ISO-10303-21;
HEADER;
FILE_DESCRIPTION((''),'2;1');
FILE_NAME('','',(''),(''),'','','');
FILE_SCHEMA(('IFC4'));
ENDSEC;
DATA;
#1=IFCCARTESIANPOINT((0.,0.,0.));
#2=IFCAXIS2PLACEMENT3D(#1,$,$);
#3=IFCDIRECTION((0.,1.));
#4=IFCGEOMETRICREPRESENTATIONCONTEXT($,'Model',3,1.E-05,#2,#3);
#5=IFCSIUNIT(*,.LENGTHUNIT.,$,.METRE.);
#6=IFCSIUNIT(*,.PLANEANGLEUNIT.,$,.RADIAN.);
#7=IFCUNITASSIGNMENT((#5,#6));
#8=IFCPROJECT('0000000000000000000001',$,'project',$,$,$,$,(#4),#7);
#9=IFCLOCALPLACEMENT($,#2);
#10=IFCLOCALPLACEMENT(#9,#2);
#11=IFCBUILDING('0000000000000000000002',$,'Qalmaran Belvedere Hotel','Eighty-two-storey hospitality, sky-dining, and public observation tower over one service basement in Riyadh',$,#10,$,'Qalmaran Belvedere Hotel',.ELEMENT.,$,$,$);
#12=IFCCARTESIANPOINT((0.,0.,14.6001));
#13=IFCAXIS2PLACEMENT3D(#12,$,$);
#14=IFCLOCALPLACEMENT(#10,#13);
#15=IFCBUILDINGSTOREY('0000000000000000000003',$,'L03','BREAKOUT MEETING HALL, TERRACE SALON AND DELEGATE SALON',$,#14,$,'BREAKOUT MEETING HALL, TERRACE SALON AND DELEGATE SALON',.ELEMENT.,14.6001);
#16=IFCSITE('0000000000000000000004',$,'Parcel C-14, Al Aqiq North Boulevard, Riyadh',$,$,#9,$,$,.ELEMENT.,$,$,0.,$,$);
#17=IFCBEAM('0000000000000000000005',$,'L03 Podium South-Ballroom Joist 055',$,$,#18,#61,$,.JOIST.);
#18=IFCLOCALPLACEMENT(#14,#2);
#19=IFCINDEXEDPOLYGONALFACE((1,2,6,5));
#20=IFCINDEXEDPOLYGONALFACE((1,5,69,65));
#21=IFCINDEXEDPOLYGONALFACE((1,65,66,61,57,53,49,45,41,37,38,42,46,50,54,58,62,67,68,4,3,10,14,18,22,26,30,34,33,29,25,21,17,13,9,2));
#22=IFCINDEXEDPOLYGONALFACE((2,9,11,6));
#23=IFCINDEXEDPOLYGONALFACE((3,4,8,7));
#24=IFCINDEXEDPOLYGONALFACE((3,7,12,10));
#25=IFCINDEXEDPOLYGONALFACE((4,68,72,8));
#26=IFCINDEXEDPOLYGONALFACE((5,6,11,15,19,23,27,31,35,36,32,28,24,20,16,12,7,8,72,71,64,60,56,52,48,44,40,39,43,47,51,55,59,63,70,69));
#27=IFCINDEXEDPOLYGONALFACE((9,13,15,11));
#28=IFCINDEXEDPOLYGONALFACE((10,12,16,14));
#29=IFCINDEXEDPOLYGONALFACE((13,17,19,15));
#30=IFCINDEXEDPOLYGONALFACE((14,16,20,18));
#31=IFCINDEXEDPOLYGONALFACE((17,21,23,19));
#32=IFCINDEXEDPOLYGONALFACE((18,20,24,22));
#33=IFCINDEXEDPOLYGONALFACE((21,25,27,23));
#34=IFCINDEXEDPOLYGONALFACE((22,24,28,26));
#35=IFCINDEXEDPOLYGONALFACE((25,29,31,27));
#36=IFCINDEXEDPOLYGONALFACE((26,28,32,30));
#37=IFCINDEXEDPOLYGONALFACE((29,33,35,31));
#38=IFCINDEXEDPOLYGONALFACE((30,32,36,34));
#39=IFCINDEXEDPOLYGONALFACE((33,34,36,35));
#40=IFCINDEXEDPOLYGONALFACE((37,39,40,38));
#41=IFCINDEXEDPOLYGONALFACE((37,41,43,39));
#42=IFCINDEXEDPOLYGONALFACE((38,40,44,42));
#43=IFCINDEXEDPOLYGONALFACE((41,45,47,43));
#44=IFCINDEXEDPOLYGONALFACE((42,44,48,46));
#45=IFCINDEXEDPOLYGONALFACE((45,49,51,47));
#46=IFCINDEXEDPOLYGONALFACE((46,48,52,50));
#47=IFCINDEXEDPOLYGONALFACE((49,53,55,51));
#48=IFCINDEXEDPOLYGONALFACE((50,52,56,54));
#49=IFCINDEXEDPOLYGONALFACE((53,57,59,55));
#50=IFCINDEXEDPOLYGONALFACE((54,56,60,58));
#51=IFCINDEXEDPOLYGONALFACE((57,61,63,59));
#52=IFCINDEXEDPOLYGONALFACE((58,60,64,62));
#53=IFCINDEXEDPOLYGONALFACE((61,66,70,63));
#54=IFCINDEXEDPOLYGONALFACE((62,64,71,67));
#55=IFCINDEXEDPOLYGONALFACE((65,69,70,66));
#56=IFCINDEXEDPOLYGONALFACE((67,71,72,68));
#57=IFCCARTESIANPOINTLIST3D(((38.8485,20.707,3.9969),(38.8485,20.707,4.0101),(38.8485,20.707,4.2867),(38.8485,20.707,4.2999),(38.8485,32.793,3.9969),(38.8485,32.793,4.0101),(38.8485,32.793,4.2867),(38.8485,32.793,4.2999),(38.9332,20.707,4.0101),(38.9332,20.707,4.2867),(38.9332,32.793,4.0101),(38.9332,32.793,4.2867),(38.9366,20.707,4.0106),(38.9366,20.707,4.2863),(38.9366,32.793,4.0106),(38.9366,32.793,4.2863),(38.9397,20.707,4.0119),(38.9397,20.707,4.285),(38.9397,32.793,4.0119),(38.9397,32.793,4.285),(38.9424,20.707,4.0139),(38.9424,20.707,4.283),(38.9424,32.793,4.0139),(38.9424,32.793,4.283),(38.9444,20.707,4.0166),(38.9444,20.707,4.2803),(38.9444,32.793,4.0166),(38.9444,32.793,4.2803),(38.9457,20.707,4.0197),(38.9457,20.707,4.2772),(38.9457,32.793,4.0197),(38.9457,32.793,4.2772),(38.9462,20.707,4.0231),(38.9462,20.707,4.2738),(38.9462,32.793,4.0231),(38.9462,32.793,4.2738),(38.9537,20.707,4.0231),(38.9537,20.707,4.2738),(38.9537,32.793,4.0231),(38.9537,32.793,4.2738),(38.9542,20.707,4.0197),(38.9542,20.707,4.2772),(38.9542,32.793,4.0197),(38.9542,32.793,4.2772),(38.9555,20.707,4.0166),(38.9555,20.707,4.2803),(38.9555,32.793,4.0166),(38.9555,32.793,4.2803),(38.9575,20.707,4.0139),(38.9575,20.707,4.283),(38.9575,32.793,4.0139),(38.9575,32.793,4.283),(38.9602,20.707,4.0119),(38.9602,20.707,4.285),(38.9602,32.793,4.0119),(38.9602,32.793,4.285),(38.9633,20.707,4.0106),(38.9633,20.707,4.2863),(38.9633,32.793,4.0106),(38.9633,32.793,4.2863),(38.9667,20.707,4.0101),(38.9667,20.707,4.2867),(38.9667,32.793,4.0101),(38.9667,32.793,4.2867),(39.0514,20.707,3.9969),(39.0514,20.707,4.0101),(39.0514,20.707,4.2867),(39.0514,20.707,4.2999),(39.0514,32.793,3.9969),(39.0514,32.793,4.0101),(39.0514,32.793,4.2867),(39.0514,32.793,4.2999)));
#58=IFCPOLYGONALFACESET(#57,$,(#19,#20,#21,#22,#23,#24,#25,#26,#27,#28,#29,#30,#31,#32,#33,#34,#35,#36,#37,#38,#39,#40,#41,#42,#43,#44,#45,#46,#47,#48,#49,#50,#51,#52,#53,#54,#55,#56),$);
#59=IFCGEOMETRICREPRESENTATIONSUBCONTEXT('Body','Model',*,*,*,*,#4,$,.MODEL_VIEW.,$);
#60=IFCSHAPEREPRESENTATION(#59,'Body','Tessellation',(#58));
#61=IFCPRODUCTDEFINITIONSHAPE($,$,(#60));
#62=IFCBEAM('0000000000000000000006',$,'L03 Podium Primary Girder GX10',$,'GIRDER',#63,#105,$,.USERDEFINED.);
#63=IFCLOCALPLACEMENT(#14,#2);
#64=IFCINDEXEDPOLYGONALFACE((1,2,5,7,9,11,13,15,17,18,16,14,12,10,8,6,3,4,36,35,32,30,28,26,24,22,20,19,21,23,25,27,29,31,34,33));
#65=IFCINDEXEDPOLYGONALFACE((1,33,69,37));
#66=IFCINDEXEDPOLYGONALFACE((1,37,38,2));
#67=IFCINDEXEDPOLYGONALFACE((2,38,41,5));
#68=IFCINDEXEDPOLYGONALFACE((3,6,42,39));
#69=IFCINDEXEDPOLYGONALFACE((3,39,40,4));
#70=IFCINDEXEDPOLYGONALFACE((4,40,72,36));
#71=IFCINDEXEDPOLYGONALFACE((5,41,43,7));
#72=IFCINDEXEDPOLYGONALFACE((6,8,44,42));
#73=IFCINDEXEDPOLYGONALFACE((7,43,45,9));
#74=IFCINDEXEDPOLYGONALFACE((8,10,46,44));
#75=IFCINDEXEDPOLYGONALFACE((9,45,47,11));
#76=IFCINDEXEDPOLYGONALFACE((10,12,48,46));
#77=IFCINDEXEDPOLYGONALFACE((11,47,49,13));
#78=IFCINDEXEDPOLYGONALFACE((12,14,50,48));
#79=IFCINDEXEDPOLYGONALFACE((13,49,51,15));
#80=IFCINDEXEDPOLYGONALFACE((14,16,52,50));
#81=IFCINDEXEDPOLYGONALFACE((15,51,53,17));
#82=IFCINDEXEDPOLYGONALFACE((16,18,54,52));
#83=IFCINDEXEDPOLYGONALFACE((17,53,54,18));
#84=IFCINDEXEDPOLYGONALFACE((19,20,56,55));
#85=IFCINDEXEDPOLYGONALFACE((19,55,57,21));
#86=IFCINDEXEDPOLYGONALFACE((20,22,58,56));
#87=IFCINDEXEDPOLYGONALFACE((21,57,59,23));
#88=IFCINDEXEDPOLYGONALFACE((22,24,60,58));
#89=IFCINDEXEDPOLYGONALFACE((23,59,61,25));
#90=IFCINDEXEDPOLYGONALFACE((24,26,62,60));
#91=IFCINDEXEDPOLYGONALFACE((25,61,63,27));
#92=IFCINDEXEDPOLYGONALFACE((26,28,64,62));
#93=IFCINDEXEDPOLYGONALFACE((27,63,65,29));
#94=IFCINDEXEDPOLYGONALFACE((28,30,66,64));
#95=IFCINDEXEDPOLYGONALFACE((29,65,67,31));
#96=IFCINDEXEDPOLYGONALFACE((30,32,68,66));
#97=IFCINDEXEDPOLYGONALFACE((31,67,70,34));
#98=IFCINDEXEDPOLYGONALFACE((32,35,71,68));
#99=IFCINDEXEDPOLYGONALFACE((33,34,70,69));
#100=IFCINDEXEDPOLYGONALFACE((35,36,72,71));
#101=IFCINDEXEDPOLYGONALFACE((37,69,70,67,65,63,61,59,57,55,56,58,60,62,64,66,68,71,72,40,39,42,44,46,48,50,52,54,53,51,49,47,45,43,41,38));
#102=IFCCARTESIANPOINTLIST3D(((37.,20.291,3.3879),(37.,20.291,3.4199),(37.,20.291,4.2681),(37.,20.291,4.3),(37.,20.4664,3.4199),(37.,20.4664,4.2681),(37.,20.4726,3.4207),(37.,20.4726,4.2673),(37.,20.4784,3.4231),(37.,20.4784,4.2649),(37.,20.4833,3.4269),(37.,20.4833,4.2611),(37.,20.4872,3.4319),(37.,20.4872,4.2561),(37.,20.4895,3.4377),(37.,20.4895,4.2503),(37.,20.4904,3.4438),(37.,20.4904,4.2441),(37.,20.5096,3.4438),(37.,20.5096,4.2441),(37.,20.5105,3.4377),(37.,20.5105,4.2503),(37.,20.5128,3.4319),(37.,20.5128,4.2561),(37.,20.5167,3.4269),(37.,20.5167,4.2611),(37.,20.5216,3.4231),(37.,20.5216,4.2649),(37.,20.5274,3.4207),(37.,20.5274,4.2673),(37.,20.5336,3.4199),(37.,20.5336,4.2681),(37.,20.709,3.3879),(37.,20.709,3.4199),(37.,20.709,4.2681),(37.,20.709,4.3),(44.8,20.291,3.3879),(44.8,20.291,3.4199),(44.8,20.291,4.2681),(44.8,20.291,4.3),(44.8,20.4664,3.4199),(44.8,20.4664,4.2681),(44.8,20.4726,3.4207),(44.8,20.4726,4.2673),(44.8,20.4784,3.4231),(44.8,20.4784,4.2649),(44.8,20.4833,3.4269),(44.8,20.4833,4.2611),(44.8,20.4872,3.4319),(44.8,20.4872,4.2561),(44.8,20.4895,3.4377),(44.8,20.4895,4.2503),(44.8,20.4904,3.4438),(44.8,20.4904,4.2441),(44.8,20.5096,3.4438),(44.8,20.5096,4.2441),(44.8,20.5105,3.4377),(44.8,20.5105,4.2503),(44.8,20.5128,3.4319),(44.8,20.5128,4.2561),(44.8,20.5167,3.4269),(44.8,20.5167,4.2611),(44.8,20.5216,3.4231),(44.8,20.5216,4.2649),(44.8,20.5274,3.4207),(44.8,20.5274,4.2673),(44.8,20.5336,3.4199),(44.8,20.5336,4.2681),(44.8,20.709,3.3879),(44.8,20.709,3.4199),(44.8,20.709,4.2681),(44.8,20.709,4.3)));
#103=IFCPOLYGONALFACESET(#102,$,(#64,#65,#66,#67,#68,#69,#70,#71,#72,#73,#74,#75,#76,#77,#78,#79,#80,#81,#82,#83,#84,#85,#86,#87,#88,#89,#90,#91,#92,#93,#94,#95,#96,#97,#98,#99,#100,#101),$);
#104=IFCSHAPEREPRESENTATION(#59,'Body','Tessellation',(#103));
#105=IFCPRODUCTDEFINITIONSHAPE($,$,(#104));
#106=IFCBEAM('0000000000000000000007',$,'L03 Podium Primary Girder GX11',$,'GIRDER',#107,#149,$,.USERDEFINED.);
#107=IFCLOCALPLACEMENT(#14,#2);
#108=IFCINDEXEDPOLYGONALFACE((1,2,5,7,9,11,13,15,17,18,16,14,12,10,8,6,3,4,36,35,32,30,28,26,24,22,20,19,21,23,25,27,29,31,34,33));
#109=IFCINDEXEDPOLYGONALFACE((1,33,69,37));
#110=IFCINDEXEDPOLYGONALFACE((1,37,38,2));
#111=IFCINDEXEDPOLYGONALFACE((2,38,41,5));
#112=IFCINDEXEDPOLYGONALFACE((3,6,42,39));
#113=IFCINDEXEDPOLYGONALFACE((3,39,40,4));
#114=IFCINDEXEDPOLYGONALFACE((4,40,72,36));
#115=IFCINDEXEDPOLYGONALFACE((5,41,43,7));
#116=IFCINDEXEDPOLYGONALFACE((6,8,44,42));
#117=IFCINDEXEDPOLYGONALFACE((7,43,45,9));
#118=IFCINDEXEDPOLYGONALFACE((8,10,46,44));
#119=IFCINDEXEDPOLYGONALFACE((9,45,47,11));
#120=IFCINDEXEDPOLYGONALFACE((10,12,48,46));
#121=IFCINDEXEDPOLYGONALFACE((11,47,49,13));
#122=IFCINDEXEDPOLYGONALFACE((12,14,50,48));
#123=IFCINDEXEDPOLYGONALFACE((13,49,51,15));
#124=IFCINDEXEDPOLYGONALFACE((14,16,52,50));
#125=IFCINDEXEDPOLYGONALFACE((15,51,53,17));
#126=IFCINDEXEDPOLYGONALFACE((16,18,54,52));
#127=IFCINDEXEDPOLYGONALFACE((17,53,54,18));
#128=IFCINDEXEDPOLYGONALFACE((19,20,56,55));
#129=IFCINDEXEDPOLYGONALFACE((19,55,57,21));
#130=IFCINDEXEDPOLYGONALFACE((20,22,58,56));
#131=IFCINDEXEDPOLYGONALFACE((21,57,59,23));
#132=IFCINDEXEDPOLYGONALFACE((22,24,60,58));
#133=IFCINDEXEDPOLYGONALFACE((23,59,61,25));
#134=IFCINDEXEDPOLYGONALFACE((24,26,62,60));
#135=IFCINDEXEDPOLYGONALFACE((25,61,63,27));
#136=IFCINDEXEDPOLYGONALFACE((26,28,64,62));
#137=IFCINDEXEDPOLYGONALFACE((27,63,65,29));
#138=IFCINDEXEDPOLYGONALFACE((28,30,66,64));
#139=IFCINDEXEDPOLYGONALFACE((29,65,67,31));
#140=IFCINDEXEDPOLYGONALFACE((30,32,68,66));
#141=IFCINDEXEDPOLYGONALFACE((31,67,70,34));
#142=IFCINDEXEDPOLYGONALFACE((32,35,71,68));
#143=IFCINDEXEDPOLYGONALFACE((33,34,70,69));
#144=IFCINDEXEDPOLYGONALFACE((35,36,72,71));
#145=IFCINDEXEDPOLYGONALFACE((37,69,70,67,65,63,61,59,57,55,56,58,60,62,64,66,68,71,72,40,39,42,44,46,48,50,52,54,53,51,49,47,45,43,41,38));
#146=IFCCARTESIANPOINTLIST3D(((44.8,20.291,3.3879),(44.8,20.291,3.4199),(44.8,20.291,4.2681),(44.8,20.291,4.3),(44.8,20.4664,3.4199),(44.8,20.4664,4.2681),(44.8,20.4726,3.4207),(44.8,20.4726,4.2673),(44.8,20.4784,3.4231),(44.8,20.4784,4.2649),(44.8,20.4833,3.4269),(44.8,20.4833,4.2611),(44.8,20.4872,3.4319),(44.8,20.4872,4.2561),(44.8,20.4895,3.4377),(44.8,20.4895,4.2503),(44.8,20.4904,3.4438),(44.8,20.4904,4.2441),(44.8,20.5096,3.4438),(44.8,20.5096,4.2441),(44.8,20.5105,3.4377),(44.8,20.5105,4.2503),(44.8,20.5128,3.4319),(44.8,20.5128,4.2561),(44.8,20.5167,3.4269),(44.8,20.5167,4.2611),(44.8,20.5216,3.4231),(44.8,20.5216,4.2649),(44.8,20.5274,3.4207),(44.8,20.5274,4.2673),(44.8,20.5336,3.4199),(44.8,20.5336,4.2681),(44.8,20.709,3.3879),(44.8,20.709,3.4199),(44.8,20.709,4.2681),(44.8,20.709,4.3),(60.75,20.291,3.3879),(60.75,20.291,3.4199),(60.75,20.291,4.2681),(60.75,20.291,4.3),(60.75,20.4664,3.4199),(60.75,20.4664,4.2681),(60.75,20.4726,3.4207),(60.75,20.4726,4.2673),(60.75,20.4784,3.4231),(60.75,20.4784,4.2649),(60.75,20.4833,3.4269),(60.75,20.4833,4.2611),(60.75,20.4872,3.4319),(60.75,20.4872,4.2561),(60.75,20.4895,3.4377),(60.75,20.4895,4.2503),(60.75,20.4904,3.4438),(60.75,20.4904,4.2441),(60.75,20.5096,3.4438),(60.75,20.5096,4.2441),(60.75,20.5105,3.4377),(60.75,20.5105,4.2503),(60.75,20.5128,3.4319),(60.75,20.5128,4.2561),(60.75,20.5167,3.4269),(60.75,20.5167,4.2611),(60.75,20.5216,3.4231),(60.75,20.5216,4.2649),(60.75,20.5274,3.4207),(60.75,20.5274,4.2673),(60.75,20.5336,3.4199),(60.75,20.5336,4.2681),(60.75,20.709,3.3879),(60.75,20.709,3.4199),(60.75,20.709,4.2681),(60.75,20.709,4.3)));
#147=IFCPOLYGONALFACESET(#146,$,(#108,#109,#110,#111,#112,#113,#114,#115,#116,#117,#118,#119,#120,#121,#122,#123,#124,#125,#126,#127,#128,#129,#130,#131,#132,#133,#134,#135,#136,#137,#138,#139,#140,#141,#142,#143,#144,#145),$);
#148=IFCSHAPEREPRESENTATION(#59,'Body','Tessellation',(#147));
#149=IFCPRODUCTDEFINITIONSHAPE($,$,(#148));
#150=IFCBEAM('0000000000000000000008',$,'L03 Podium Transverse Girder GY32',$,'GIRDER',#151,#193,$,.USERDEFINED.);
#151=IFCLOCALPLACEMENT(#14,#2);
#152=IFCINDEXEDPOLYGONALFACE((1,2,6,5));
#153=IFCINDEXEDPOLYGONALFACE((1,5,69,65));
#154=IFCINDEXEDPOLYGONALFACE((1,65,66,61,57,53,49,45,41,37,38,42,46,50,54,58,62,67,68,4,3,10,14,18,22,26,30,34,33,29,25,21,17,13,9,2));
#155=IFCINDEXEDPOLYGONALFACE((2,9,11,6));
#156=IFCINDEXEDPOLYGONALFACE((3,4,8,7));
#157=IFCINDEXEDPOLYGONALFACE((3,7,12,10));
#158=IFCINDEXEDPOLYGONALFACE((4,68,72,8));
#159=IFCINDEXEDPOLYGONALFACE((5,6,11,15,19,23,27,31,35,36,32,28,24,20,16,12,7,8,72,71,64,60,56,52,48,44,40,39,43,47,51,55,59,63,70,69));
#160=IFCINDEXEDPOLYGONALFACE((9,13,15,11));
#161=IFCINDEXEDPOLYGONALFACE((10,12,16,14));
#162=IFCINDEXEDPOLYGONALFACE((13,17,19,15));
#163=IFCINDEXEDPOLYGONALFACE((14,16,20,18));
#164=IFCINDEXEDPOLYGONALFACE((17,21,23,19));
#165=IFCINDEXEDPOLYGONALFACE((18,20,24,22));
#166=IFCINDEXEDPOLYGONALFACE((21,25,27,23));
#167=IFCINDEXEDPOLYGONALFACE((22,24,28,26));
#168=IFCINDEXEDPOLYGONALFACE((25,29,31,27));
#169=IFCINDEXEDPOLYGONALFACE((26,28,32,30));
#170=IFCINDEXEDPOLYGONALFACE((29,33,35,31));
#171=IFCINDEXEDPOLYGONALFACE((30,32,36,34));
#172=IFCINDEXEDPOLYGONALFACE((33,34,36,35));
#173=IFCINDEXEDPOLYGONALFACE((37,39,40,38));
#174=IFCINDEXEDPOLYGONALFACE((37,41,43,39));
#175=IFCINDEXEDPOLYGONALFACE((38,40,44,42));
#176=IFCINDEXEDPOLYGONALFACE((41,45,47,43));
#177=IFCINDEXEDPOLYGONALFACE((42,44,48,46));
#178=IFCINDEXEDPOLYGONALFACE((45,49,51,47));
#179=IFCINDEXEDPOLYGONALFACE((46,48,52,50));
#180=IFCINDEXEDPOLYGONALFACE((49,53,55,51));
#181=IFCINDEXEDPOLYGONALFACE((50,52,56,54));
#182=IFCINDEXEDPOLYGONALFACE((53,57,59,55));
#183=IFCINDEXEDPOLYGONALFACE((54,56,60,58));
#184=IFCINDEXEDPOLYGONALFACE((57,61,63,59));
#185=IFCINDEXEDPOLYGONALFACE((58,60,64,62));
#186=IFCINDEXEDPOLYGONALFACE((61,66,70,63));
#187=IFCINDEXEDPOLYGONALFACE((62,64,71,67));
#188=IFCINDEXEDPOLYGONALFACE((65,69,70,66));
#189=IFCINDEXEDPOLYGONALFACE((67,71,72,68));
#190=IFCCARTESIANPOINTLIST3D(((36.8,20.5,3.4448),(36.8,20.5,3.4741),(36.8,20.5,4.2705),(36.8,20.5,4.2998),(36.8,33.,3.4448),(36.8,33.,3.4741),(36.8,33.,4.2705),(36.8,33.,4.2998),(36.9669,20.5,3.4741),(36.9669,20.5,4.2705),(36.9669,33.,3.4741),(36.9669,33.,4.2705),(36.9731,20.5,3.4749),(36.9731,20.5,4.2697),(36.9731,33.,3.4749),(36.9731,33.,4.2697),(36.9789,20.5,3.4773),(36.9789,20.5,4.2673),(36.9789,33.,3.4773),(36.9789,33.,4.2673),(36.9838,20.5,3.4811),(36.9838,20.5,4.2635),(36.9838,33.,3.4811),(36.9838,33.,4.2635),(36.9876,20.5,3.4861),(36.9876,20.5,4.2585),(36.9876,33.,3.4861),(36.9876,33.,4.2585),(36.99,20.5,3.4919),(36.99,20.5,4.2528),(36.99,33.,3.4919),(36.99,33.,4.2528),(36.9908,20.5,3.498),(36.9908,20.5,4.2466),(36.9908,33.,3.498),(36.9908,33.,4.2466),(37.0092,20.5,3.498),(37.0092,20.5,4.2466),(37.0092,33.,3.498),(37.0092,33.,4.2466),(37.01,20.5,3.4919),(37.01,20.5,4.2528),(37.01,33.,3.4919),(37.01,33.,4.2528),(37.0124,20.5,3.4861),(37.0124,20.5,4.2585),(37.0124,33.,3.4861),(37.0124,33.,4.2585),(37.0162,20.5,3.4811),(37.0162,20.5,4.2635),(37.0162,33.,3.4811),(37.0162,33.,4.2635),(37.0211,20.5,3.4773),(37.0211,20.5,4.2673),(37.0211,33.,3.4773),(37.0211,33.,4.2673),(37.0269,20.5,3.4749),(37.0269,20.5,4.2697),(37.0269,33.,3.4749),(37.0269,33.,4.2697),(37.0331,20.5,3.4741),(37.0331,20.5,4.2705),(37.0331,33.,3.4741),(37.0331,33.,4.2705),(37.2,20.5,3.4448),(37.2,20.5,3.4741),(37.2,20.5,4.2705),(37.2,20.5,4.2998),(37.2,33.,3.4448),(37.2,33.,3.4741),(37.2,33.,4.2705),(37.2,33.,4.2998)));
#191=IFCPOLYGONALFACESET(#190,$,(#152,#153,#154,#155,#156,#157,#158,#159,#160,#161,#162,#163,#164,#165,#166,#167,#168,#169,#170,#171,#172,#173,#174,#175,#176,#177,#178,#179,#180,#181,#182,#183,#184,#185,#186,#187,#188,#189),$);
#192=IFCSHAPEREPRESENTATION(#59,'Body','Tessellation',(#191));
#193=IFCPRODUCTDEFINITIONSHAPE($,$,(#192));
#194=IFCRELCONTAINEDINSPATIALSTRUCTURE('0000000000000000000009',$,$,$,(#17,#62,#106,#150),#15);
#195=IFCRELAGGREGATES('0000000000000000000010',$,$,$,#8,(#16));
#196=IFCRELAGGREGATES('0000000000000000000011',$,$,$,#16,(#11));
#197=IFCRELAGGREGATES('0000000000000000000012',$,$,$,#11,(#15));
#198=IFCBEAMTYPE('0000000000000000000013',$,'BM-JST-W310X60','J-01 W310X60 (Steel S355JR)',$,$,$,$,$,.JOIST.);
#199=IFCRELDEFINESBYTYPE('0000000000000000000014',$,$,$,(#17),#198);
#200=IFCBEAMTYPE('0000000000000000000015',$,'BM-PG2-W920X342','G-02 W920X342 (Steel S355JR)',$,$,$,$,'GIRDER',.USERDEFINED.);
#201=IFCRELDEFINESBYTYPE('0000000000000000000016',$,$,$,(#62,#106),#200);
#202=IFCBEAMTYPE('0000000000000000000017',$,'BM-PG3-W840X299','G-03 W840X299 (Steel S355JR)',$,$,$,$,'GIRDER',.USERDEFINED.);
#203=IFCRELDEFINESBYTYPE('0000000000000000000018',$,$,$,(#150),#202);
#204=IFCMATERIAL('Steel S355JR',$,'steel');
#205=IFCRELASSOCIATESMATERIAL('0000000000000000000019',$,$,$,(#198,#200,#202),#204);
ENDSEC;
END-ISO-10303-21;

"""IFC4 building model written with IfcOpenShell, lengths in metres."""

from ifc_helpers import new_model, si_unit, direction, frame, origin, origin_2d, place, context, subcontext, project, spatial, i_section, extrude, material, material_profile, profile_set, type_object, element, save


model = new_model("IFC4")

# Units and contexts
model_context = context("Model", 3, precision=1e-05, world=origin(), true_north=direction((0.0, 1.0)))
body_context = subcontext(model_context, "Body", "Model", "MODEL_VIEW")
ifc_project = project(units=[si_unit("LENGTHUNIT", "METRE"), si_unit("PLANEANGLEUNIT", "RADIAN")], contexts=[model_context])

# Site, building, storey
site_placement = place(None, origin())
site = spatial("IfcSite", under=ifc_project, at=site_placement, Name="Parcel C-14, Al Aqiq North Boulevard, Riyadh", CompositionType="ELEMENT", RefElevation=0.0)
building_placement = place(site_placement, origin())
building = spatial("IfcBuilding", under=site, at=building_placement, Name="Qalmaran Belvedere Hotel", Description="Eighty-two-storey hospitality, sky-dining, and public observation tower over one service basement in Riyadh", LongName="Qalmaran Belvedere Hotel", CompositionType="ELEMENT")
storey_placement = place(building_placement, frame((0.0, 0.0, 14.6001)))
storey = spatial("IfcBuildingStorey", under=building, at=storey_placement, Name="L03", Description="BREAKOUT MEETING HALL, TERRACE SALON AND DELEGATE SALON", LongName="BREAKOUT MEETING HALL, TERRACE SALON AND DELEGATE SALON", CompositionType="ELEMENT", Elevation=14.6001)

# Beams
ifc_material_1 = material(Name="Steel S355JR", Category="steel")
ifc_material_profile_1 = material_profile(ifc_material_1, i_section(OverallWidth=0.2029, OverallDepth=0.303, WebThickness=0.0076, FlangeThickness=0.0132, FilletRadius=0.0129, at=origin_2d()), Name="W310X60")
ifc_profile_set_1 = profile_set([ifc_material_profile_1], Name="Steel S355JR")
beam_type_1 = type_object("IfcBeamType", Name="BM-JST-W310X60", Description="J-01 W310X60 (Steel S355JR)", PredefinedType="JOIST", material=ifc_profile_set_1)
for number, where, z_axis, x_axis, name in (
    (1, (38.95, 20.707, 4.1484), (0.0, 1.0, 0.0), (-1.0, 0.0, 0.0), "L03 Podium South-Ballroom Joist 055"),
):
    element("IfcBeam", number, at=place(storey_placement, frame(where, z_axis=z_axis, x_axis=x_axis)), inside=storey, type_object=beam_type_1, Name=name, PredefinedType="JOIST", context=body_context, shape_type="SweptSolid", body=[
        extrude(i_section(OverallWidth=0.2029, OverallDepth=0.303, WebThickness=0.0076, FlangeThickness=0.0132, FilletRadius=0.0129, at=origin_2d()), origin(), (0.0, 0.0, 1.0), 12.0859),
    ])
ifc_material_profile_2 = material_profile(ifc_material_1, i_section(OverallWidth=0.418, OverallDepth=0.9121, WebThickness=0.0193, FlangeThickness=0.032, FilletRadius=0.0239, at=origin_2d()), Name="W920X342")
ifc_profile_set_2 = profile_set([ifc_material_profile_2], Name="Steel S355JR")
beam_type_2 = type_object("IfcBeamType", Name="BM-PG2-W920X342", Description="G-02 W920X342 (Steel S355JR)", ElementType="GIRDER", PredefinedType="USERDEFINED", material=ifc_profile_set_2)
beam_1_placement = place(storey_placement, frame((37.0, 20.5, 3.844), z_axis=(1.0, 0.0, 0.0), x_axis=(0.0, 1.0, 0.0)))
element("IfcBeam", 2, at=beam_1_placement, inside=storey, type_object=beam_type_2, Name="L03 Podium Primary Girder GX10", ObjectType="GIRDER", PredefinedType="USERDEFINED", context=body_context, shape_type="SweptSolid", body=[
    extrude(i_section(OverallWidth=0.418, OverallDepth=0.9121, WebThickness=0.0193, FlangeThickness=0.032, FilletRadius=0.0239, at=origin_2d()), origin(), (0.0, 0.0, 1.0), 7.8),
])
beam_2_placement = place(storey_placement, frame((44.8, 20.5, 3.844), z_axis=(1.0, 0.0, 0.0), x_axis=(0.0, 1.0, 0.0)))
element("IfcBeam", 3, at=beam_2_placement, inside=storey, type_object=beam_type_2, Name="L03 Podium Primary Girder GX11", ObjectType="GIRDER", PredefinedType="USERDEFINED", context=body_context, shape_type="SweptSolid", body=[
    extrude(i_section(OverallWidth=0.418, OverallDepth=0.9121, WebThickness=0.0193, FlangeThickness=0.032, FilletRadius=0.0239, at=origin_2d()), origin(), (0.0, 0.0, 1.0), 15.95),
])
ifc_material_profile_3 = material_profile(ifc_material_1, i_section(OverallWidth=0.3999, OverallDepth=0.855, WebThickness=0.0183, FlangeThickness=0.0293, FilletRadius=0.0239, at=origin_2d()), Name="W840X299")
ifc_profile_set_3 = profile_set([ifc_material_profile_3], Name="Steel S355JR")
beam_type_3 = type_object("IfcBeamType", Name="BM-PG3-W840X299", Description="G-03 W840X299 (Steel S355JR)", ElementType="GIRDER", PredefinedType="USERDEFINED", material=ifc_profile_set_3)
for number, where, z_axis, x_axis, name in (
    (4, (37.0, 20.5, 3.8723), (0.0, 1.0, 0.0), (-1.0, 0.0, 0.0), "L03 Podium Transverse Girder GY32"),
):
    element("IfcBeam", number, at=place(storey_placement, frame(where, z_axis=z_axis, x_axis=x_axis)), inside=storey, type_object=beam_type_3, Name=name, ObjectType="GIRDER", PredefinedType="USERDEFINED", context=body_context, shape_type="SweptSolid", body=[
        extrude(i_section(OverallWidth=0.3999, OverallDepth=0.855, WebThickness=0.0183, FlangeThickness=0.0293, FilletRadius=0.0239, at=origin_2d()), origin(), (0.0, 0.0, 1.0), 12.5),
    ])

save(model, "model.ifc")
